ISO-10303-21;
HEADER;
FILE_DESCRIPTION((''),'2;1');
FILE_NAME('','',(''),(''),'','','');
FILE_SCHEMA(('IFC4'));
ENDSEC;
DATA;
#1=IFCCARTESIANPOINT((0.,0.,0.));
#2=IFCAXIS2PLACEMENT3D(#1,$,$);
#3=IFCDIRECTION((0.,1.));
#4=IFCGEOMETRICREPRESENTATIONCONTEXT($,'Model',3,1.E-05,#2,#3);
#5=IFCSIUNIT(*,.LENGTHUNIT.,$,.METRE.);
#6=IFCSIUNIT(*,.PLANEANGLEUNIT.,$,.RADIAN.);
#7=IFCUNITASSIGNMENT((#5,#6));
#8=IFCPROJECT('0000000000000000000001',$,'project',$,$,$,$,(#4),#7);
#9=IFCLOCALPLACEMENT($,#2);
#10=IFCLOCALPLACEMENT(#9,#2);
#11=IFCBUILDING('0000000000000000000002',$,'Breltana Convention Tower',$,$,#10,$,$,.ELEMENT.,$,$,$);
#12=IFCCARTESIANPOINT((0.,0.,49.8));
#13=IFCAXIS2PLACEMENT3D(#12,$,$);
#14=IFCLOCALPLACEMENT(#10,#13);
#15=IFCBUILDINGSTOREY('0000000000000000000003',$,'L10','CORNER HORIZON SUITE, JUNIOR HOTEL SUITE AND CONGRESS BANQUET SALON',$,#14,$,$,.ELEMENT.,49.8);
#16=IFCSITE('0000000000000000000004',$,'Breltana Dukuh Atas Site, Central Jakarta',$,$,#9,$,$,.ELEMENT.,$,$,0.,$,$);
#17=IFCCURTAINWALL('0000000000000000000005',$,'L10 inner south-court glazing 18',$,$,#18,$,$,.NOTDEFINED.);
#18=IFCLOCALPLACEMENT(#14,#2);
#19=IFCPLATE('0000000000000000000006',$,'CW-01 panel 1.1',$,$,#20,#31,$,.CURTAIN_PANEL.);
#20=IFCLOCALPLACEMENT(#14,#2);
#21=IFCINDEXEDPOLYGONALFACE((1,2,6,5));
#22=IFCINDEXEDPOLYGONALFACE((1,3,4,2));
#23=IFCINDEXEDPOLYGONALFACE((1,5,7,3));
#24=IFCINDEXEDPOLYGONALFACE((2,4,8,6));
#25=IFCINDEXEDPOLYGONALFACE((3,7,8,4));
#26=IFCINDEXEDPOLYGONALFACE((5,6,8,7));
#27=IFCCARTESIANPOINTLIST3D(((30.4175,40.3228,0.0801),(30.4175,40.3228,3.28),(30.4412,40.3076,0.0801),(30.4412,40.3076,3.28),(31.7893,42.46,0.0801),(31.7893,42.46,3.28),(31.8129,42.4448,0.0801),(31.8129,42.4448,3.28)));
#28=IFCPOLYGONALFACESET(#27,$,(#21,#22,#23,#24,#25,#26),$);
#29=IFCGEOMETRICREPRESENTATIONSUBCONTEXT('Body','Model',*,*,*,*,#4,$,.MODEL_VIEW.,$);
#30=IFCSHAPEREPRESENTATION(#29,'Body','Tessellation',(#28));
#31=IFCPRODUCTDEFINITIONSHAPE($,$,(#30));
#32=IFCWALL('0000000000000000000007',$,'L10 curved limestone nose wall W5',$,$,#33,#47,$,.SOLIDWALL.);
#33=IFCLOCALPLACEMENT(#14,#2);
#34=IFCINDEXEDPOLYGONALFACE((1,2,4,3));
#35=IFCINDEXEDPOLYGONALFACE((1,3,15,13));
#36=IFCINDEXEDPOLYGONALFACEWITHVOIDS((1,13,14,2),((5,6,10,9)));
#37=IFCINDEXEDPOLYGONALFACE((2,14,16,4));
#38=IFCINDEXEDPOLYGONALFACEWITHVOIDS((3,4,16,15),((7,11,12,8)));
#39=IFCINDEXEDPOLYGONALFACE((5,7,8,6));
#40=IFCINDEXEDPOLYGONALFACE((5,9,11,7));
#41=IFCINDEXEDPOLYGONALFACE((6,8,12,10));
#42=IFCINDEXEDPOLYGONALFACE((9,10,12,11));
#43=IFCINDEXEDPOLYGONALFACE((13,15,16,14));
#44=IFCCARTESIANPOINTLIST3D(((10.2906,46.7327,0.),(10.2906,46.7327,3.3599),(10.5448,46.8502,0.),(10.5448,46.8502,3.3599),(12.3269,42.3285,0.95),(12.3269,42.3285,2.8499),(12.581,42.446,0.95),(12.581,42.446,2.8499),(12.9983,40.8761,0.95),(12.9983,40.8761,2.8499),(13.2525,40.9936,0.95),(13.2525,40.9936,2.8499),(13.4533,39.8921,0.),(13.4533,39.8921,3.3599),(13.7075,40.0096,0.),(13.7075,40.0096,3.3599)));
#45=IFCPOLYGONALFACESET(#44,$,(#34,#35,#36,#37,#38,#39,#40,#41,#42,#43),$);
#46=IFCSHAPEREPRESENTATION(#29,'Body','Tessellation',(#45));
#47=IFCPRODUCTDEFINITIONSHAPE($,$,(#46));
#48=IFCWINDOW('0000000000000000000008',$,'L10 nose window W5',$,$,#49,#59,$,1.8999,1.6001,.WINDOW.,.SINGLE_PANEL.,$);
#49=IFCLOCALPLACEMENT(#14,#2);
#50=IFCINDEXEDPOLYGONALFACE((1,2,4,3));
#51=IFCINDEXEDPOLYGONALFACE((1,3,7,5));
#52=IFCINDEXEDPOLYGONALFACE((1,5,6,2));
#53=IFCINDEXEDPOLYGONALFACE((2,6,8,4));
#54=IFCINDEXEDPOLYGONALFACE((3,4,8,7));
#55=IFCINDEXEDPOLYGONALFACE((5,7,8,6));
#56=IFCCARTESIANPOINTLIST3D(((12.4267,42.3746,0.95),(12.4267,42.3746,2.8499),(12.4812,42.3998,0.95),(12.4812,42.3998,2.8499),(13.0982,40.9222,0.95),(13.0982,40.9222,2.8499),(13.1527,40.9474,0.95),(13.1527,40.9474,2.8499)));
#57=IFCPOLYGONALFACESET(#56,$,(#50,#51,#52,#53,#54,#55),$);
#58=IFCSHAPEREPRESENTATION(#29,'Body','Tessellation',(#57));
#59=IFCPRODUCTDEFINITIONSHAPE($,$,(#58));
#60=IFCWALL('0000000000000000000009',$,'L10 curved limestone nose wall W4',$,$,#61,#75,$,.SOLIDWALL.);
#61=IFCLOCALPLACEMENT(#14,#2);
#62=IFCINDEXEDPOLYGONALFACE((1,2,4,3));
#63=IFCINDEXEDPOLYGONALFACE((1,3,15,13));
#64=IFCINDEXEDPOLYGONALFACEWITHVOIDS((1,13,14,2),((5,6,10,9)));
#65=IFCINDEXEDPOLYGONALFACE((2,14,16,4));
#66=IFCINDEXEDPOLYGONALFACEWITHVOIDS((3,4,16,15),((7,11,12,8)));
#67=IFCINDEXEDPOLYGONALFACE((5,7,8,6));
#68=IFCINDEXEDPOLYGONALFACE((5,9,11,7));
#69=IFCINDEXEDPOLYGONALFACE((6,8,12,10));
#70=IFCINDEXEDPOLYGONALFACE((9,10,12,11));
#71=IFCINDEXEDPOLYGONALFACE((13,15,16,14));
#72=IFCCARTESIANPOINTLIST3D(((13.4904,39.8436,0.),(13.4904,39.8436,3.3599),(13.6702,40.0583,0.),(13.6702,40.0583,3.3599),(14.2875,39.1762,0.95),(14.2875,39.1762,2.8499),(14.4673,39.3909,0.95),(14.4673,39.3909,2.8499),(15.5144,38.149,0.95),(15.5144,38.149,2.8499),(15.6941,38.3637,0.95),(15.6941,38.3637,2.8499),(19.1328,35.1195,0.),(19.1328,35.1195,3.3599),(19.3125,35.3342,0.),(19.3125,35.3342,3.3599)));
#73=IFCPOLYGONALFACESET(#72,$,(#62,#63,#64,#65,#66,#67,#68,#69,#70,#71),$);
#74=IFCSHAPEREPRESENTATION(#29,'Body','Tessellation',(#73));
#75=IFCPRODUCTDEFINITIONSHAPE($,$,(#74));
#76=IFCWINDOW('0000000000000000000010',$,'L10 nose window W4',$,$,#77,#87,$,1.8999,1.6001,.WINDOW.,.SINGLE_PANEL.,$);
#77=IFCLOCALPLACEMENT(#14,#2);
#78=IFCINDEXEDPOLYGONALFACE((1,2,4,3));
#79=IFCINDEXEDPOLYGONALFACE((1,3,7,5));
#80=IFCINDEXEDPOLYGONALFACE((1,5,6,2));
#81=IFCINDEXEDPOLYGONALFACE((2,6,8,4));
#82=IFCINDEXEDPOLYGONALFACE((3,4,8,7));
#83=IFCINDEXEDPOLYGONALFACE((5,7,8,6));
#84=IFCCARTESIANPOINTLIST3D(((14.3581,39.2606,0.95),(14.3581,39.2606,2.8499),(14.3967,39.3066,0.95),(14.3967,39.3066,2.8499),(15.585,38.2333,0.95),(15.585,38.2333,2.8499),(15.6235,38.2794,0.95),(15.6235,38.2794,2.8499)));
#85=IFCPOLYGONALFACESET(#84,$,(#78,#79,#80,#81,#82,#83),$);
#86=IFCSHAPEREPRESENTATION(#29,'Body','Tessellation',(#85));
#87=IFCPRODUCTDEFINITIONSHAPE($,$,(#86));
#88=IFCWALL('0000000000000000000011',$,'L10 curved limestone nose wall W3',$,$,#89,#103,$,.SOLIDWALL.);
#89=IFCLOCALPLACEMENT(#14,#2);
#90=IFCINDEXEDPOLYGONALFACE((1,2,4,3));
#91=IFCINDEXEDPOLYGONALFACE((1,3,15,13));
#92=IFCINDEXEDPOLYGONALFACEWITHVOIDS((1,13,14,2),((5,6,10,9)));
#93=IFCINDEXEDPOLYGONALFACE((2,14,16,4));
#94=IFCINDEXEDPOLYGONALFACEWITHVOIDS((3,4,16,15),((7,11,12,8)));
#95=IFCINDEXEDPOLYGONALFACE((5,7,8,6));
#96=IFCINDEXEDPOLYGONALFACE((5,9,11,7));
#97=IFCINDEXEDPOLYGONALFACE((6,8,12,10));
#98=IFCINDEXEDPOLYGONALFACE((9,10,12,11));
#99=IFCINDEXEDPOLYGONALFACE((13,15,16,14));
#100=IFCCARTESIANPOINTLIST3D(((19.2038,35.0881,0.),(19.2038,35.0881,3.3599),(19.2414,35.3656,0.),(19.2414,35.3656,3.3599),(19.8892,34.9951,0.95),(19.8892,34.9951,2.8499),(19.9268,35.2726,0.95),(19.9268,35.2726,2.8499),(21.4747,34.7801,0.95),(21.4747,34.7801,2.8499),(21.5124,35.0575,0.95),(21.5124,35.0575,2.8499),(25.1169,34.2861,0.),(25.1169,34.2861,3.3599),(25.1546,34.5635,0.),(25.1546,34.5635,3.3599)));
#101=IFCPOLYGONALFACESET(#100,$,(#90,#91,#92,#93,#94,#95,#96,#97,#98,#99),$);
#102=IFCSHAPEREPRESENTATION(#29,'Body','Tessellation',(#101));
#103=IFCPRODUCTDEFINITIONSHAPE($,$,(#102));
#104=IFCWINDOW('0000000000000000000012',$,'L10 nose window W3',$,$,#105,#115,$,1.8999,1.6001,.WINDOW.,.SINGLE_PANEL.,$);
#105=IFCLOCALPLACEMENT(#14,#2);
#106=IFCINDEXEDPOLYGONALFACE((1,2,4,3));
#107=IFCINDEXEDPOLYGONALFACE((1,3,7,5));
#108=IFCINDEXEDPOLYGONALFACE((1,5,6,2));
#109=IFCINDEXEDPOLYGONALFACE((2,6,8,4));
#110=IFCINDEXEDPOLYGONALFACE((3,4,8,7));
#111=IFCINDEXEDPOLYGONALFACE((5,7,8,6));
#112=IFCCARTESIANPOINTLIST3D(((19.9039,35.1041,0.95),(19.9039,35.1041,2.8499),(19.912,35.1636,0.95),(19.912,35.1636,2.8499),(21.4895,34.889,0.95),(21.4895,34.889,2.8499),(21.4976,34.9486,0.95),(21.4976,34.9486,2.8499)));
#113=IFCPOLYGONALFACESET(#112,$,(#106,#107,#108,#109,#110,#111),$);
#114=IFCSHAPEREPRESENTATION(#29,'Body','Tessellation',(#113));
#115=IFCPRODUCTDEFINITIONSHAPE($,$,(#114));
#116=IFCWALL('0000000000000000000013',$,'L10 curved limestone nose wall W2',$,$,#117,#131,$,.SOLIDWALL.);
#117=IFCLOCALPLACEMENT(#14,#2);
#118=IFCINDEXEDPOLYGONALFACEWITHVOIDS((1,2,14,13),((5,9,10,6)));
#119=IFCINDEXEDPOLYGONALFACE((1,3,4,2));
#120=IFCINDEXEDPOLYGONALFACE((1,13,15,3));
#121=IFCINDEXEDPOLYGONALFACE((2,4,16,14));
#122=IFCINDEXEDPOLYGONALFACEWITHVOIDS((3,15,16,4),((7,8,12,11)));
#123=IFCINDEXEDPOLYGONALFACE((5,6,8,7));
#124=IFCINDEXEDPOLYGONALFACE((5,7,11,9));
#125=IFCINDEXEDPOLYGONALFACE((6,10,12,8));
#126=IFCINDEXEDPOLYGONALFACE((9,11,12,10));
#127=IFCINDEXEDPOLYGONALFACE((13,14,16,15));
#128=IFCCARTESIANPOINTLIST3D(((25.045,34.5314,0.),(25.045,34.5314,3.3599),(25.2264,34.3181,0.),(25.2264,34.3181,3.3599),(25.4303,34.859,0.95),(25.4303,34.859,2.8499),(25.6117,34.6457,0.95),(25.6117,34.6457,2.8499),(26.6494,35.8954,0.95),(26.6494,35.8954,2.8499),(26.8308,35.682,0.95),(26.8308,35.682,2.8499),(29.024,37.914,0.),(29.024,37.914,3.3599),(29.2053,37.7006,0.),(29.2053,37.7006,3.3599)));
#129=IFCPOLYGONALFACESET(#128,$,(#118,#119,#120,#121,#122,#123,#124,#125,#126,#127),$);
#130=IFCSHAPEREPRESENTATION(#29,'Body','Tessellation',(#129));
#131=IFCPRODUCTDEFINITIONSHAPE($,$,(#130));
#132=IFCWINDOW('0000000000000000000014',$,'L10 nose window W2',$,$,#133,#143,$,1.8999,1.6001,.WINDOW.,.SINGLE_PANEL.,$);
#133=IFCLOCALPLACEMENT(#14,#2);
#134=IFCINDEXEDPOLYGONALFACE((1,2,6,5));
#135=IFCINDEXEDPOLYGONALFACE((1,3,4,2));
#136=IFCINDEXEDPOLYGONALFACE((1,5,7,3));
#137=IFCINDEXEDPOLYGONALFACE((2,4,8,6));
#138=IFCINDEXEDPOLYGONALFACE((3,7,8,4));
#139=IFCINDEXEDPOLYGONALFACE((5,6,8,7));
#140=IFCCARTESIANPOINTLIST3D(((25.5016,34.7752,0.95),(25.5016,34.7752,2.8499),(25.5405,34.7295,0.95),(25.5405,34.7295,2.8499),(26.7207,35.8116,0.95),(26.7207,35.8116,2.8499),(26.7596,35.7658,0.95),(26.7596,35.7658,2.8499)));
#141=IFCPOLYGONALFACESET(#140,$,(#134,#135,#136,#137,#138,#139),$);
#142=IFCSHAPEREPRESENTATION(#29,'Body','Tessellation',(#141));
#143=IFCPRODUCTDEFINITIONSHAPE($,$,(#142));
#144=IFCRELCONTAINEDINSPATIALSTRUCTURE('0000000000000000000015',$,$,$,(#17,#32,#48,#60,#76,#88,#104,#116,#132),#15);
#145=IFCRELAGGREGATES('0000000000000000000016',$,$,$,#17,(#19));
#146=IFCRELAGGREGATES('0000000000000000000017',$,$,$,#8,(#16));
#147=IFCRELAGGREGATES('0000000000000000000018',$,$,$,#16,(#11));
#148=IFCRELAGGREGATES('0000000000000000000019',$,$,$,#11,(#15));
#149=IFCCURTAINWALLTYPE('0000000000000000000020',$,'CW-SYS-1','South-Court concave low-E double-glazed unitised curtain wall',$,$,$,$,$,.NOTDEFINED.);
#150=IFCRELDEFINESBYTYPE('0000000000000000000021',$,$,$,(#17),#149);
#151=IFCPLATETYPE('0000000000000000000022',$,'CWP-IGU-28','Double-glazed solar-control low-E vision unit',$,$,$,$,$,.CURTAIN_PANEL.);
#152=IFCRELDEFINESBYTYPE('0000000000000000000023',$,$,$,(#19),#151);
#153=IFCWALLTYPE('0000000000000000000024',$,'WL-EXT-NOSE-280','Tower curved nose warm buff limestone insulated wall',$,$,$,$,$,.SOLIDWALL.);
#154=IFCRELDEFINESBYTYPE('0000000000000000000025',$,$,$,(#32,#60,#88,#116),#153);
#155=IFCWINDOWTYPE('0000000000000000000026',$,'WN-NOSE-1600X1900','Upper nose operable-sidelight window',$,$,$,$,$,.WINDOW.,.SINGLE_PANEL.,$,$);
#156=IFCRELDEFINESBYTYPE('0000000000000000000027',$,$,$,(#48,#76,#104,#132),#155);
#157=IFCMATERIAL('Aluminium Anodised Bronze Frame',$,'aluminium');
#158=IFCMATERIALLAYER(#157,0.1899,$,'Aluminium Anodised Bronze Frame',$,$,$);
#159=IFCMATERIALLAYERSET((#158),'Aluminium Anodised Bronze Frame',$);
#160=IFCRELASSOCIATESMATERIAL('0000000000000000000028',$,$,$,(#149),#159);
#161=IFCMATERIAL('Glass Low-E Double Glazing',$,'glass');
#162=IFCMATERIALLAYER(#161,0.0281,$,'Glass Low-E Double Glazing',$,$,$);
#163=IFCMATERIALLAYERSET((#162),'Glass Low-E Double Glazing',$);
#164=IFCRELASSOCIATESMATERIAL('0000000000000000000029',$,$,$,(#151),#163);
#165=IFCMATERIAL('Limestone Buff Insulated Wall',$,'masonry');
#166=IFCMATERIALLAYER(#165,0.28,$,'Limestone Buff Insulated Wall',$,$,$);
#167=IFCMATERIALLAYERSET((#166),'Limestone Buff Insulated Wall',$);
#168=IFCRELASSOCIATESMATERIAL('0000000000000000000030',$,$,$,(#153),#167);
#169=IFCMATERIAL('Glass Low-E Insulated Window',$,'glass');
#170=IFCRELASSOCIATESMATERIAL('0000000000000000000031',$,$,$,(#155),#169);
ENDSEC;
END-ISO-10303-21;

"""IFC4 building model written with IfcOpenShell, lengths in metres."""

from ifc_helpers import new_model, si_unit, direction, frame, frame_2d, origin, origin_2d, place, context, subcontext, project, spatial, rectangle, extrude, source, transform, mapped, material, layer, layer_set, type_object, type_shapes, element, fill, aggregate, save


model = new_model("IFC4")

# Units and contexts
model_context = context("Model", 3, precision=1e-05, world=origin(), true_north=direction((0.0, 1.0)))
body_context = subcontext(model_context, "Body", "Model", "MODEL_VIEW")
ifc_project = project(units=[si_unit("LENGTHUNIT", "METRE"), si_unit("PLANEANGLEUNIT", "RADIAN")], contexts=[model_context])

# Site, building, storey
site_placement = place(None, origin())
site = spatial("IfcSite", under=ifc_project, at=site_placement, Name="Breltana Dukuh Atas Site, Central Jakarta", CompositionType="ELEMENT", RefElevation=0.0)
building_placement = place(site_placement, origin())
building = spatial("IfcBuilding", under=site, at=building_placement, Name="Breltana Convention Tower", CompositionType="ELEMENT")
storey_placement = place(building_placement, frame((0.0, 0.0, 49.8)))
storey = spatial("IfcBuildingStorey", under=building, at=storey_placement, Name="L10", Description="CORNER HORIZON SUITE, JUNIOR HOTEL SUITE AND CONGRESS BANQUET SALON", CompositionType="ELEMENT", Elevation=49.8)

# Curtain wall
ifc_material_1 = material(Name="Aluminium Anodised Bronze Frame", Category="aluminium")
ifc_layer_1 = layer(ifc_material_1, 0.1899, Name="Aluminium Anodised Bronze Frame")
ifc_layer_set_1 = layer_set([ifc_layer_1], Name="Aluminium Anodised Bronze Frame")
curtain_wall_type = type_object("IfcCurtainWallType", Name="CW-SYS-1", Description="South-Court concave low-E double-glazed unitised curtain wall", PredefinedType="NOTDEFINED", material=ifc_layer_set_1)
curtain_wall_1_placement = place(storey_placement, origin())
curtain_wall_1 = element("IfcCurtainWall", 1, at=curtain_wall_1_placement, inside=storey, type_object=curtain_wall_type, Name="L10 inner south-court glazing 18", PredefinedType="NOTDEFINED")

# Plate
ifc_material_2 = material(Name="Glass Low-E Double Glazing", Category="glass")
ifc_layer_2 = layer(ifc_material_2, 0.0281, Name="Glass Low-E Double Glazing")
ifc_layer_set_2 = layer_set([ifc_layer_2], Name="Glass Low-E Double Glazing")
plate_type = type_object("IfcPlateType", Name="CWP-IGU-28", Description="Double-glazed solar-control low-E vision unit", PredefinedType="CURTAIN_PANEL", material=ifc_layer_set_2)
shared_shape_1 = source(origin(), body_context, "Body", "SweptSolid", [
    extrude(rectangle(XDim=2.5396, YDim=0.0281, at=origin_2d()), origin(), (0.0, 0.0, 1.0), 3.2),
])
plate_1_placement = place(storey_placement, frame((31.1152, 41.3838, 0.0801), z_axis=(0.0, 0.0, 1.0), x_axis=(-0.54017, -0.841556, 0.0)))
plate_1 = element("IfcPlate", 2, at=plate_1_placement, type_object=plate_type, Name="CW-01 panel 1.1", PredefinedType="CURTAIN_PANEL", context=body_context, shape_type="MappedRepresentation", body=[
    mapped(shared_shape_1, transform((0.0, 0.0, 0.0), scale=1.0)),
])
aggregate(curtain_wall_1, [plate_1])

# Walls, openings, windows
ifc_material_3 = material(Name="Limestone Buff Insulated Wall", Category="masonry")
ifc_layer_3 = layer(ifc_material_3, 0.28, Name="Limestone Buff Insulated Wall")
ifc_layer_set_3 = layer_set([ifc_layer_3], Name="Limestone Buff Insulated Wall")
wall_type_1 = type_object("IfcWallType", Name="WL-EXT-NOSE-280", Description="Tower curved nose warm buff limestone insulated wall", PredefinedType="SOLIDWALL", material=ifc_layer_set_3)
shared_shape_2 = source(origin(), body_context, "Body", "SweptSolid", [
    extrude(rectangle(XDim=7.5364, YDim=0.28, at=frame_2d((3.7681, 0.0))), origin(), (0.0, 0.0, 1.0), 3.3599),
])
wall_1_placement = place(storey_placement, frame((13.5803, 39.9509, 0.0), z_axis=(0.0, 0.0, 1.0), x_axis=(-0.41965, 0.907686, 0.0)))
wall_1 = element("IfcWall", 3, at=wall_1_placement, inside=storey, type_object=wall_type_1, Name="L10 curved limestone nose wall W5", PredefinedType="SOLIDWALL", context=body_context, shape_type="MappedRepresentation", body=[
    mapped(shared_shape_2, transform((0.0, 0.0, 0.0), scale=1.0)),
])
opening_1_placement = place(wall_1_placement, frame((1.084, 0.0, 0.95)))
opening_1 = element("IfcOpeningElement", 4, at=opening_1_placement, cuts=wall_1, PredefinedType="OPENING", context=body_context, shape_type="SweptSolid", body=[
    extrude(rectangle(XDim=1.6001, YDim=1.8999, at=frame_2d((0.8, 0.95))), frame((0.0, 0.1499, 0.0), z_axis=(0.0, -1.0, 0.0), x_axis=(1.0, 0.0, 0.0)), (0.0, 0.0, 1.0), 0.3),
])
ifc_material_4 = material(Name="Glass Low-E Insulated Window", Category="glass")
window_type = type_object("IfcWindowType", Name="WN-NOSE-1600X1900", Description="Upper nose operable-sidelight window", PartitioningType="SINGLE_PANEL", PredefinedType="WINDOW", material=ifc_material_4)
shared_shape_3 = source(origin(), body_context, "Body", "SweptSolid", [
    extrude(rectangle(XDim=1.6001, YDim=1.8999, at=frame_2d((0.8, 0.95))), frame((0.0, 0.03, 0.0), z_axis=(0.0, -1.0, 0.0), x_axis=(1.0, 0.0, 0.0)), (0.0, 0.0, 1.0), 0.0601),
])
type_shapes(window_type, [shared_shape_3])
window_1_placement = place(opening_1_placement, origin())
window_1 = element("IfcWindow", 5, at=window_1_placement, inside=storey, type_object=window_type, Name="L10 nose window W5", OverallHeight=1.8999, OverallWidth=1.6001, PartitioningType="SINGLE_PANEL", PredefinedType="WINDOW", context=body_context, shape_type="MappedRepresentation", body=[
    mapped(shared_shape_3, transform((0.0, 0.0, 0.0), scale=1.0)),
])
fill(opening_1, window_1)
shared_shape_4 = source(origin(), body_context, "Body", "SweptSolid", [
    extrude(rectangle(XDim=7.3589, YDim=0.28, at=frame_2d((3.6794, 0.0))), origin(), (0.0, 0.0, 1.0), 3.3599),
])
wall_2_placement = place(storey_placement, frame((19.2227, 35.2268, 0.0), z_axis=(0.0, 0.0, 1.0), x_axis=(-0.766737, 0.641961, 0.0)))
wall_2 = element("IfcWall", 6, at=wall_2_placement, inside=storey, type_object=wall_type_1, Name="L10 curved limestone nose wall W4", PredefinedType="SOLIDWALL", context=body_context, shape_type="MappedRepresentation", body=[
    mapped(shared_shape_4, transform((0.0, 0.0, 0.0), scale=1.0)),
])
opening_2_placement = place(wall_2_placement, frame((4.7192, 0.0, 0.95)))
opening_2 = element("IfcOpeningElement", 7, at=opening_2_placement, cuts=wall_2, PredefinedType="OPENING", context=body_context, shape_type="SweptSolid", body=[
    extrude(rectangle(XDim=1.6001, YDim=1.8999, at=frame_2d((0.8, 0.95))), frame((0.0, 0.1499, 0.0), z_axis=(0.0, -1.0, 0.0), x_axis=(1.0, 0.0, 0.0)), (0.0, 0.0, 1.0), 0.3),
])
window_2_placement = place(opening_2_placement, origin())
window_2 = element("IfcWindow", 8, at=window_2_placement, inside=storey, type_object=window_type, Name="L10 nose window W4", OverallHeight=1.8999, OverallWidth=1.6001, PartitioningType="SINGLE_PANEL", PredefinedType="WINDOW", context=body_context, shape_type="MappedRepresentation", body=[
    mapped(shared_shape_3, transform((0.0, 0.0, 0.0), scale=1.0)),
])
fill(opening_2, window_2)
shared_shape_5 = source(origin(), body_context, "Body", "SweptSolid", [
    extrude(rectangle(XDim=5.9673, YDim=0.28, at=frame_2d((2.9836, 0.0))), origin(), (0.0, 0.0, 1.0), 3.3599),
])
wall_3_placement = place(storey_placement, frame((25.1357, 34.4248, 0.0), z_axis=(0.0, 0.0, 1.0), x_axis=(-0.990927, 0.134401, 0.0)))
wall_3 = element("IfcWall", 9, at=wall_3_placement, inside=storey, type_object=wall_type_1, Name="L10 curved limestone nose wall W3", PredefinedType="SOLIDWALL", context=body_context, shape_type="MappedRepresentation", body=[
    mapped(shared_shape_5, transform((0.0, 0.0, 0.0), scale=1.0)),
])
opening_3_placement = place(wall_3_placement, frame((3.6755, 0.0, 0.95)))
opening_3 = element("IfcOpeningElement", 10, at=opening_3_placement, cuts=wall_3, PredefinedType="OPENING", context=body_context, shape_type="SweptSolid", body=[
    extrude(rectangle(XDim=1.6001, YDim=1.8999, at=frame_2d((0.8, 0.95))), frame((0.0, 0.1499, 0.0), z_axis=(0.0, -1.0, 0.0), x_axis=(1.0, 0.0, 0.0)), (0.0, 0.0, 1.0), 0.3),
])
window_3_placement = place(opening_3_placement, origin())
window_3 = element("IfcWindow", 11, at=window_3_placement, inside=storey, type_object=window_type, Name="L10 nose window W3", OverallHeight=1.8999, OverallWidth=1.6001, PartitioningType="SINGLE_PANEL", PredefinedType="WINDOW", context=body_context, shape_type="MappedRepresentation", body=[
    mapped(shared_shape_3, transform((0.0, 0.0, 0.0), scale=1.0)),
])
fill(opening_3, window_3)
shared_shape_6 = source(origin(), body_context, "Body", "SweptSolid", [
    extrude(rectangle(XDim=5.2224, YDim=0.28, at=frame_2d((2.6113, 0.0))), origin(), (0.0, 0.0, 1.0), 3.3599),
])
wall_4_placement = place(storey_placement, frame((29.1147, 37.8074, 0.0), z_axis=(0.0, 0.0, 1.0), x_axis=(-0.7619, -0.647695, 0.0)))
wall_4 = element("IfcWall", 12, at=wall_4_placement, inside=storey, type_object=wall_type_1, Name="L10 curved limestone nose wall W2", PredefinedType="SOLIDWALL", context=body_context, shape_type="MappedRepresentation", body=[
    mapped(shared_shape_6, transform((0.0, 0.0, 0.0), scale=1.0)),
])
opening_4_placement = place(wall_4_placement, frame((3.1167, 0.0, 0.95)))
opening_4 = element("IfcOpeningElement", 13, at=opening_4_placement, cuts=wall_4, PredefinedType="OPENING", context=body_context, shape_type="SweptSolid", body=[
    extrude(rectangle(XDim=1.6001, YDim=1.8999, at=frame_2d((0.8, 0.95))), frame((0.0, 0.1499, 0.0), z_axis=(0.0, -1.0, 0.0), x_axis=(1.0, 0.0, 0.0)), (0.0, 0.0, 1.0), 0.3),
])
window_4_placement = place(opening_4_placement, origin())
window_4 = element("IfcWindow", 14, at=window_4_placement, inside=storey, type_object=window_type, Name="L10 nose window W2", OverallHeight=1.8999, OverallWidth=1.6001, PartitioningType="SINGLE_PANEL", PredefinedType="WINDOW", context=body_context, shape_type="MappedRepresentation", body=[
    mapped(shared_shape_3, transform((0.0, 0.0, 0.0), scale=1.0)),
])
fill(opening_4, window_4)

save(model, "model.ifc")
